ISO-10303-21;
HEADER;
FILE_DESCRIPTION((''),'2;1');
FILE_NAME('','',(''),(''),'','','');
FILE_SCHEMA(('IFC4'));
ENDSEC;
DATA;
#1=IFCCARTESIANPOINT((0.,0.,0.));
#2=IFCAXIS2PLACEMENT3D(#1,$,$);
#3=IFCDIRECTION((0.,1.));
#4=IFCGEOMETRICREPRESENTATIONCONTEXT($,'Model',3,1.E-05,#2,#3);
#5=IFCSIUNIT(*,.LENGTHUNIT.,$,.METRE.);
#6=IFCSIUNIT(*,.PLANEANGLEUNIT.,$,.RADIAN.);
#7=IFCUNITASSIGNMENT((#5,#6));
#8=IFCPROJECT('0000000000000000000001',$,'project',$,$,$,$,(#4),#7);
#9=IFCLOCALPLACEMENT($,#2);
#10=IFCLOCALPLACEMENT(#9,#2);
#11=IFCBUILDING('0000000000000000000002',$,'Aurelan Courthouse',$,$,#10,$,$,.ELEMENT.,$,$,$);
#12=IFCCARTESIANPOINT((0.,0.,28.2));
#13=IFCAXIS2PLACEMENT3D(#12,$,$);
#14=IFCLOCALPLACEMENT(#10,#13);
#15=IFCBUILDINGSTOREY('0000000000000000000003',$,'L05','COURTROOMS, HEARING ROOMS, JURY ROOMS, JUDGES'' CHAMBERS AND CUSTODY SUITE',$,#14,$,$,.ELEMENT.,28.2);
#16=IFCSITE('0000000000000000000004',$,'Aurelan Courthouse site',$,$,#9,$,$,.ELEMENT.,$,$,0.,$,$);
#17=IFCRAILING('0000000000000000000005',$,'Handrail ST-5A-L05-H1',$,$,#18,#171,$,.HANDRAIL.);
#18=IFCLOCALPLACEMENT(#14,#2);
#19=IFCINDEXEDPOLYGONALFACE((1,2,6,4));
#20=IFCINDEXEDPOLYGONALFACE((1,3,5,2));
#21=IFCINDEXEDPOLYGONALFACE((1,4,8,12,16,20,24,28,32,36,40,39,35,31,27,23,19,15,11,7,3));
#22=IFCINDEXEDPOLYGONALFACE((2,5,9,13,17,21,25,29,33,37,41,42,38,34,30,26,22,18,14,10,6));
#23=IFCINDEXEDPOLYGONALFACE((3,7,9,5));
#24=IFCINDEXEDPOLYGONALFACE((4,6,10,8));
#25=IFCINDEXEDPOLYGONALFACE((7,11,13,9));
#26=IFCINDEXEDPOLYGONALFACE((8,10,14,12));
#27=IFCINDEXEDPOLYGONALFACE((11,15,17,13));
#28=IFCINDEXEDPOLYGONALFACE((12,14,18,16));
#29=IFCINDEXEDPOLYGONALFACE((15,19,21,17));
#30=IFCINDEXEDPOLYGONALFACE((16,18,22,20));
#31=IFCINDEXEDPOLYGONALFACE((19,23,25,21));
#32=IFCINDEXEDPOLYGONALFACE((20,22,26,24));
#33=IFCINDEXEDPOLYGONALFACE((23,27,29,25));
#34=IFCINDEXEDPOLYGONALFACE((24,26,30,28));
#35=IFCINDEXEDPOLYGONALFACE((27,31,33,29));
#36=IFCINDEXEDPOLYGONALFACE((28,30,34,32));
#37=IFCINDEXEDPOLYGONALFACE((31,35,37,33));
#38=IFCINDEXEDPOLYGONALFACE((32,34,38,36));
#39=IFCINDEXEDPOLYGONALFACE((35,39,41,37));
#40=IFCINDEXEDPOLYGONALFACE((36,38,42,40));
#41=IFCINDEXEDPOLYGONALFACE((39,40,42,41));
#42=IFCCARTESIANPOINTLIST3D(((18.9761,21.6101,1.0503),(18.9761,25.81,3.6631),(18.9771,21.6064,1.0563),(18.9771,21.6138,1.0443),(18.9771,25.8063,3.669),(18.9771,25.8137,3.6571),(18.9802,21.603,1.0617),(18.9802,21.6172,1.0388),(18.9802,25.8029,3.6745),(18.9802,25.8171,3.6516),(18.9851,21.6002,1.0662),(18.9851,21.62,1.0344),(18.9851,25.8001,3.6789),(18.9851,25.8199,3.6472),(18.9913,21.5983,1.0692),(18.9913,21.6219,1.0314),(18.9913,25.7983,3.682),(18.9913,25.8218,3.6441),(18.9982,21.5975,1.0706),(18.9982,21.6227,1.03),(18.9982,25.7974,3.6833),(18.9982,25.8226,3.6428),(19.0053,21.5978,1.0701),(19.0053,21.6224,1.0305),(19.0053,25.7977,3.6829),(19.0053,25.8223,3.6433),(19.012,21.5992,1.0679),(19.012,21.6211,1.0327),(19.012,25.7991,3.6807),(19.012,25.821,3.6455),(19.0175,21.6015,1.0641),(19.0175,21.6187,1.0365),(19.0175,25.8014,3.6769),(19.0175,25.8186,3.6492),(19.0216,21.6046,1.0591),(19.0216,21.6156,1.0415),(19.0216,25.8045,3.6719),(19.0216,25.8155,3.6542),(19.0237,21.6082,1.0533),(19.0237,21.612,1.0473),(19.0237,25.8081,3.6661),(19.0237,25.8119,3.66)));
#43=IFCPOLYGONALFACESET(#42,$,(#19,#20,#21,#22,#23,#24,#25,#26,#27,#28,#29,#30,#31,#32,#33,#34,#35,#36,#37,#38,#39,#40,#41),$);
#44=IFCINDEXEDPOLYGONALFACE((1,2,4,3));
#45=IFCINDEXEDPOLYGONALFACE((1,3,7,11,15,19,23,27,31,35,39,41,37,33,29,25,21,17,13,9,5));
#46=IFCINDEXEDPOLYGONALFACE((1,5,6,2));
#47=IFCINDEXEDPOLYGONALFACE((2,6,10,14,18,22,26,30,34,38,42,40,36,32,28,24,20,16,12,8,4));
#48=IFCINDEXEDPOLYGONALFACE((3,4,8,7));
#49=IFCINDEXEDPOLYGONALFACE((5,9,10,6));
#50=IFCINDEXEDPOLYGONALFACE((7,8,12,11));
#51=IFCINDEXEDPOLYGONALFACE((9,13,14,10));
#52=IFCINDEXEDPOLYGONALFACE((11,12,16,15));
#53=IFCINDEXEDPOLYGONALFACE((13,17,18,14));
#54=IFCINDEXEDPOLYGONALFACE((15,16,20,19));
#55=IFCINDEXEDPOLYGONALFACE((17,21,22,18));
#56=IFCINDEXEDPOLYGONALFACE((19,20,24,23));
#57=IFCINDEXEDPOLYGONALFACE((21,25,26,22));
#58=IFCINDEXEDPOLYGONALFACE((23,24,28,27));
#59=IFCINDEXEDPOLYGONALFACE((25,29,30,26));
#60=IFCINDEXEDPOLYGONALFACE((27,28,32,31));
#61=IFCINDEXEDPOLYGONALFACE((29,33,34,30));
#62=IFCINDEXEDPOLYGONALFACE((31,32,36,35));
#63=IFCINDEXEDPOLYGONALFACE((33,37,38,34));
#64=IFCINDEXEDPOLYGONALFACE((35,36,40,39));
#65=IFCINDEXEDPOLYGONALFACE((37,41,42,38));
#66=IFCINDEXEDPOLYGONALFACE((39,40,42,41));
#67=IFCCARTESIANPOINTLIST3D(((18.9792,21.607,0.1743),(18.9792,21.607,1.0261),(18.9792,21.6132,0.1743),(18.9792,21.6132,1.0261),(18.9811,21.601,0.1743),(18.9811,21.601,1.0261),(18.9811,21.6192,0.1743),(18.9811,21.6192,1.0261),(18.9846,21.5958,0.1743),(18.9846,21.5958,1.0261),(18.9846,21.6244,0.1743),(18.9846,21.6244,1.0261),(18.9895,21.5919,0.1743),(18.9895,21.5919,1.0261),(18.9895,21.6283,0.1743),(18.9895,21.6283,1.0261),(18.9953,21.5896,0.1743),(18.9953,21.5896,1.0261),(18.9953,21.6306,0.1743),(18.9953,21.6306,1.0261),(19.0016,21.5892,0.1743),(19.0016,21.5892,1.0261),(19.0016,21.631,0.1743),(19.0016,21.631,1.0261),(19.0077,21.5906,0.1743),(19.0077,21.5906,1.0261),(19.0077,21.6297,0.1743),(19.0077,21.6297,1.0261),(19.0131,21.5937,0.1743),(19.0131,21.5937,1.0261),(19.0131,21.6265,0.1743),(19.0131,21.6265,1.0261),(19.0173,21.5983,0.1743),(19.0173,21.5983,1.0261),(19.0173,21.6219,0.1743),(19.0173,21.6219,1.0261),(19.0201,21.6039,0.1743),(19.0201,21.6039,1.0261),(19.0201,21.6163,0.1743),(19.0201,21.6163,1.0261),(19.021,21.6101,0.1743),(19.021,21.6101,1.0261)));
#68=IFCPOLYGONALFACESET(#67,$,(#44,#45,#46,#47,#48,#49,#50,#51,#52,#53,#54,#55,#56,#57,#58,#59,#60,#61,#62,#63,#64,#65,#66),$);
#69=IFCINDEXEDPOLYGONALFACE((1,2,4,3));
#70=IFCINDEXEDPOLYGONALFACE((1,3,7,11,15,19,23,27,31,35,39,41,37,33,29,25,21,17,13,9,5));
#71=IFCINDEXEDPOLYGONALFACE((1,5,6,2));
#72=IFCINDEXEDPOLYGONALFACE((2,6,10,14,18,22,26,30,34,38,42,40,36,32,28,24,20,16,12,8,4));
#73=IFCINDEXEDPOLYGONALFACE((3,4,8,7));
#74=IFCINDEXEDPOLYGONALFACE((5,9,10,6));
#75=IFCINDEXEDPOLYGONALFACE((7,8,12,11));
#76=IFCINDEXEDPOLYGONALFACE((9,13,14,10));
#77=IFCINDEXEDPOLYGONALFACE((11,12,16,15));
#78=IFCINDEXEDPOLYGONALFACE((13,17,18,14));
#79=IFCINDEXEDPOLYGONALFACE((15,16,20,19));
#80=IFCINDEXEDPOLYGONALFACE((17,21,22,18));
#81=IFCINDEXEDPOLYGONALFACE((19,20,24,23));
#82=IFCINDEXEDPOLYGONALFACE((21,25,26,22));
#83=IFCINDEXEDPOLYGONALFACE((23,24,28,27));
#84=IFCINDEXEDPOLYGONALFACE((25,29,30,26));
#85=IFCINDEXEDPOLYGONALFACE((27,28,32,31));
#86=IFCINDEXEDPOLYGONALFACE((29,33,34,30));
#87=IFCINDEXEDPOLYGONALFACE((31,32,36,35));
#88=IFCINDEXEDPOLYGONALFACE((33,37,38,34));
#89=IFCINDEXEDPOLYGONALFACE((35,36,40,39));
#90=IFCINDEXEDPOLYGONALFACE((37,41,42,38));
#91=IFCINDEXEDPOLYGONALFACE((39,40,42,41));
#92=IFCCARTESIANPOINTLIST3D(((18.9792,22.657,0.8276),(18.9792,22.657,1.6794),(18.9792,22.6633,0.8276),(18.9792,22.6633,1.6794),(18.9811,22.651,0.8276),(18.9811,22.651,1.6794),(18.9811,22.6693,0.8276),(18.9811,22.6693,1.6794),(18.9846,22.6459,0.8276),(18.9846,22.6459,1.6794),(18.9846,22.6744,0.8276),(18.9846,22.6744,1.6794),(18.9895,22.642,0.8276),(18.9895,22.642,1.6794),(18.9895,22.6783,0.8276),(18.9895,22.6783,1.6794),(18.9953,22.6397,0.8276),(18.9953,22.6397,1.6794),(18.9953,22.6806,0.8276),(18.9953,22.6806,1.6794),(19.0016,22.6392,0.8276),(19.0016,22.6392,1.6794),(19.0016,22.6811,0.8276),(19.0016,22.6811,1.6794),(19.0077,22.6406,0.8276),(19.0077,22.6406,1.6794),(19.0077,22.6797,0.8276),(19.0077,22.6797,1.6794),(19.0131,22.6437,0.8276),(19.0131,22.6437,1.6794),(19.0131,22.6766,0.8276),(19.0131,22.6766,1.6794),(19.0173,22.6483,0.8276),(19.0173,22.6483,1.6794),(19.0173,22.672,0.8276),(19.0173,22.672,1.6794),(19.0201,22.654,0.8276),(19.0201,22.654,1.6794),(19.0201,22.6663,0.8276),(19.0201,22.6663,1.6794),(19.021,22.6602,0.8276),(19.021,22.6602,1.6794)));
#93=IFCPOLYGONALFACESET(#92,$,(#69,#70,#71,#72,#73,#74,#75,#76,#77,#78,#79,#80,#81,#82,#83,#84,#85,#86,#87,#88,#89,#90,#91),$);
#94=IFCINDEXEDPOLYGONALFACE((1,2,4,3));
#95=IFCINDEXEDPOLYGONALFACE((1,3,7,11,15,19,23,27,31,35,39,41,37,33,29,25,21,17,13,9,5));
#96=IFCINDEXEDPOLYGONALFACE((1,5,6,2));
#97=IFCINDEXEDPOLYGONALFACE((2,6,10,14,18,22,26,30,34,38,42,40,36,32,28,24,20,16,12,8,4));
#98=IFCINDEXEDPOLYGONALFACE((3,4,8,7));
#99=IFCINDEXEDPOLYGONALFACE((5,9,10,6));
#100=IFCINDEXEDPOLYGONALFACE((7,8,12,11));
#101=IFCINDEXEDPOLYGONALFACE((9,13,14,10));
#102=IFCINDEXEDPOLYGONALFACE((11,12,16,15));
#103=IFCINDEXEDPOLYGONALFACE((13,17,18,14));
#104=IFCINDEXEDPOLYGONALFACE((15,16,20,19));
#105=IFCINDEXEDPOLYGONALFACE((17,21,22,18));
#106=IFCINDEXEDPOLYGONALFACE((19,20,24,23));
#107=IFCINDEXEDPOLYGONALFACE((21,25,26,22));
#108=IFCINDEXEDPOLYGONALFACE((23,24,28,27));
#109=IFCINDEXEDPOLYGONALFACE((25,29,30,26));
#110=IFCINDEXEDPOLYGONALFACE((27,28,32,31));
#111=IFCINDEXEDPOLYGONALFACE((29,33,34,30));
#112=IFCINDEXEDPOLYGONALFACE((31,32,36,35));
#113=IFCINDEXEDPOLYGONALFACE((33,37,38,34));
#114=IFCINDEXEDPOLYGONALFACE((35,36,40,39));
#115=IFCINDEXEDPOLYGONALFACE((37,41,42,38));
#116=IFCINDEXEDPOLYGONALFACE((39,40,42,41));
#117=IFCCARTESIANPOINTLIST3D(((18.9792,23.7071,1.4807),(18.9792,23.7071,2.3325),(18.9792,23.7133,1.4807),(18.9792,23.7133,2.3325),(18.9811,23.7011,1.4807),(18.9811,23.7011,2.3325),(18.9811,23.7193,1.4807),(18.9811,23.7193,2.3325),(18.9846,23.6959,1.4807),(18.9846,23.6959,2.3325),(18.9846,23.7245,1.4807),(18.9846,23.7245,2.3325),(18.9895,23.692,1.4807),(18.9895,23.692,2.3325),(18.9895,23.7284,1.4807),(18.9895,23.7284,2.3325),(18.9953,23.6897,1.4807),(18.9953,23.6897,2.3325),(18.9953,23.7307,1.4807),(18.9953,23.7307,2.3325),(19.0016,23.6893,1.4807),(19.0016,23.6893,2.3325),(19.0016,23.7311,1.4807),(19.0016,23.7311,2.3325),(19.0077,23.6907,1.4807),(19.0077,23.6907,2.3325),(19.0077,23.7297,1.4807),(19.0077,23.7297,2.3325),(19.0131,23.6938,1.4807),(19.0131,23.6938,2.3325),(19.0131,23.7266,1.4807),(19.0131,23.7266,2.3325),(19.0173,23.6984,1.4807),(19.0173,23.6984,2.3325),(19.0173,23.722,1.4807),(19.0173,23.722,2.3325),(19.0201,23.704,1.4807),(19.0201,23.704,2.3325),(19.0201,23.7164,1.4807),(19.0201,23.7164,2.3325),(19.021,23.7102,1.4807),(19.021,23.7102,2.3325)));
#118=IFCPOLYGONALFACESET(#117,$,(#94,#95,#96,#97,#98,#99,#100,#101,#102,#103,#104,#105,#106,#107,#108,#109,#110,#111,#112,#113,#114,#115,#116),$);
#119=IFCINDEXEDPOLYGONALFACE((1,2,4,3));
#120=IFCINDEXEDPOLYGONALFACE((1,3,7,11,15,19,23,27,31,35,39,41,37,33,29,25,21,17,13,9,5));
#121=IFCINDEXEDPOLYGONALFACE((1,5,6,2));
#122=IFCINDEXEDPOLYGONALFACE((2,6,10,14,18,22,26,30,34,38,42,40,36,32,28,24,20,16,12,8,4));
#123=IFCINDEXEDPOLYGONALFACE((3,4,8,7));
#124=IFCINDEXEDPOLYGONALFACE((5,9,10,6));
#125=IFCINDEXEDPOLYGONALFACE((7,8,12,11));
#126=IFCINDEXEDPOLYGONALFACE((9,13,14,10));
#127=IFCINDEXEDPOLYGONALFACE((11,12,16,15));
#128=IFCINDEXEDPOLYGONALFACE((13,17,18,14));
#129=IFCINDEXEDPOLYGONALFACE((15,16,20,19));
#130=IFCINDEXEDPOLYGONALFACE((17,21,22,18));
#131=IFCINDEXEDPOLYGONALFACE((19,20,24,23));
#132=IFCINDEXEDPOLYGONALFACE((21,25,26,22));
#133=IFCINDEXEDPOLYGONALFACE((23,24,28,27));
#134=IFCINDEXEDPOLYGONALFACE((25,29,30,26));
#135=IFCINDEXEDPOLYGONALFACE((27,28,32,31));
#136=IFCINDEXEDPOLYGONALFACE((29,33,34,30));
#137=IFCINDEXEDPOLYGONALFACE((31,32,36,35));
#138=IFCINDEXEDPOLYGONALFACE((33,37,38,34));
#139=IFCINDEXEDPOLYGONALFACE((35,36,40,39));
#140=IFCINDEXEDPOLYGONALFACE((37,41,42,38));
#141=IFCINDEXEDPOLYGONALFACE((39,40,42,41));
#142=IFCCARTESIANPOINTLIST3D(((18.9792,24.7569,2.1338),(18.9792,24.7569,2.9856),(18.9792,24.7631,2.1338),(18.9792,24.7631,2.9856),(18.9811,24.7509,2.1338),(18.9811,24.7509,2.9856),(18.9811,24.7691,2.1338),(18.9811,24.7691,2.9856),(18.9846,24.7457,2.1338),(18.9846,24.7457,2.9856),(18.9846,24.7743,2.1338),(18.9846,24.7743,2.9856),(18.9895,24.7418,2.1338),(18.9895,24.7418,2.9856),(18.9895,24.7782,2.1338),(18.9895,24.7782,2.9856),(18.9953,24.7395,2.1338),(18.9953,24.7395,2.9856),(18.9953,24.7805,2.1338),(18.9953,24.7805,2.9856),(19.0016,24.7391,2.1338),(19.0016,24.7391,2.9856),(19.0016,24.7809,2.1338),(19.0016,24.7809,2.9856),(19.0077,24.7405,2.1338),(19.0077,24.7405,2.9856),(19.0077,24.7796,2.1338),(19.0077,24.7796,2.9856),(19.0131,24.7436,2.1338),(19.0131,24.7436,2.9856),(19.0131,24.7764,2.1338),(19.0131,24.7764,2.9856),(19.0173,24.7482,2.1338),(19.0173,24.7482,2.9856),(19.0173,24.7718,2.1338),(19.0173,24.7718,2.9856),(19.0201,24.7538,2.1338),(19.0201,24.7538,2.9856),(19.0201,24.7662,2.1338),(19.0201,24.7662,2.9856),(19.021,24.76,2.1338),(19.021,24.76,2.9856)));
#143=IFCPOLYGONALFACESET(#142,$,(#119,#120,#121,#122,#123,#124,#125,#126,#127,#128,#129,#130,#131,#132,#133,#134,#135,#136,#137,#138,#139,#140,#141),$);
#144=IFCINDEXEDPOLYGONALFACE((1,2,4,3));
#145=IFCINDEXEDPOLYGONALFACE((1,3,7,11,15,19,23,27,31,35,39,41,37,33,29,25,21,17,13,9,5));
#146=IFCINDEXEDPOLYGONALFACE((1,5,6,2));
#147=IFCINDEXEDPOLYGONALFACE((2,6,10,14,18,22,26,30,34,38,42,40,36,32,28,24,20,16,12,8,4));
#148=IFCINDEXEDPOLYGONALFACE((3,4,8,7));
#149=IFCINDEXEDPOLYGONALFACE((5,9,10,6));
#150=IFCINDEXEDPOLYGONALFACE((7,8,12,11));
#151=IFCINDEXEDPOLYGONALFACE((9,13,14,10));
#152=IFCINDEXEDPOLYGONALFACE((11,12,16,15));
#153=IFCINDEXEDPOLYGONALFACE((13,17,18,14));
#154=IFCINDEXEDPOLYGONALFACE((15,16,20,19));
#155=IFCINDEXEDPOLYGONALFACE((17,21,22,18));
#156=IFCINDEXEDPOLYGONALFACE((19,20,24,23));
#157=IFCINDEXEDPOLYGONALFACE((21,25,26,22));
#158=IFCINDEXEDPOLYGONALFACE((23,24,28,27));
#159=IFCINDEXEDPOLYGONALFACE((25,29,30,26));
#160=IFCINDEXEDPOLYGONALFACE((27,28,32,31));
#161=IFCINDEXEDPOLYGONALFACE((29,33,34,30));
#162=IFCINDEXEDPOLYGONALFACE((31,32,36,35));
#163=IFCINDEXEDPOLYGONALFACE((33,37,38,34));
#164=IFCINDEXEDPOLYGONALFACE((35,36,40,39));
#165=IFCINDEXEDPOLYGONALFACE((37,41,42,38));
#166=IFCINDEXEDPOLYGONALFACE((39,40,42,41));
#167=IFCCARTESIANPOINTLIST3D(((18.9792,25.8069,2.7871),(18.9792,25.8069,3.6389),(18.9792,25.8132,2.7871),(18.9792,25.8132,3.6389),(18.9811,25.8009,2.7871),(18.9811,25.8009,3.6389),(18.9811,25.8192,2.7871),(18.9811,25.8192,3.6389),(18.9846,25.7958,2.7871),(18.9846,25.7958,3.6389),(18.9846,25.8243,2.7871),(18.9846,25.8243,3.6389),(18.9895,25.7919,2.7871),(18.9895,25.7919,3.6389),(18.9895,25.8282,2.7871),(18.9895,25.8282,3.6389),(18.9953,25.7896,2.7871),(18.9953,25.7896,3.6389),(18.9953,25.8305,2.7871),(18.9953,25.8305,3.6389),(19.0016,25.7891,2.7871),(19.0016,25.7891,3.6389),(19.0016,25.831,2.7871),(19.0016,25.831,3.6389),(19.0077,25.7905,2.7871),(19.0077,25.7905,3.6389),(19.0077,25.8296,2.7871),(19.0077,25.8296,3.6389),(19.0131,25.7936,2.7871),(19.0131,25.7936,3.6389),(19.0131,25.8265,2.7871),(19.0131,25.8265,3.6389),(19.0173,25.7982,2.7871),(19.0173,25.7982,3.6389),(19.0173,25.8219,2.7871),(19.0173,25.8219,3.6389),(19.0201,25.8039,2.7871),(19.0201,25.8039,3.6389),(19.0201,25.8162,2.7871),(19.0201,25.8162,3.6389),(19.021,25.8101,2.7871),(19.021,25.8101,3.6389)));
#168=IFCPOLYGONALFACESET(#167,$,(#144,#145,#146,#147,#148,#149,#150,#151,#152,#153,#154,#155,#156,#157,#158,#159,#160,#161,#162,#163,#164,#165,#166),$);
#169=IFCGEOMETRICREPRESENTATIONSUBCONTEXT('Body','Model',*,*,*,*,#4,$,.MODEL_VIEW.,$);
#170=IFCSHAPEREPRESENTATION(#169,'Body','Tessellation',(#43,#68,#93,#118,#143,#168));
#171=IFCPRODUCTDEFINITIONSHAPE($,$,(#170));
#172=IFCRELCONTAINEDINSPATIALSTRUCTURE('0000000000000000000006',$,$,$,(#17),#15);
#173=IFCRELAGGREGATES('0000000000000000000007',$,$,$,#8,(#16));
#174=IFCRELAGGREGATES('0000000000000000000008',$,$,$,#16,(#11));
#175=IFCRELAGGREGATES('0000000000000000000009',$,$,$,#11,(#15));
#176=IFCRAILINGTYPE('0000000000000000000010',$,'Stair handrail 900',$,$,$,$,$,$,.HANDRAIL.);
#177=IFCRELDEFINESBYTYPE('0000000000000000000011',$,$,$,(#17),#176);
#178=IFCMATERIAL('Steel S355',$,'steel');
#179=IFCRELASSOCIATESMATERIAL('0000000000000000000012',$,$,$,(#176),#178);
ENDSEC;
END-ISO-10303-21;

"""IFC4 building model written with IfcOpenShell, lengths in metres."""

from ifc_helpers import new_model, si_unit, direction, frame, origin, origin_2d, place, context, subcontext, project, spatial, circle, extrude, material, type_object, element, save


model = new_model("IFC4")

# Units and contexts
model_context = context("Model", 3, precision=1e-05, world=origin(), true_north=direction((0.0, 1.0)))
body_context = subcontext(model_context, "Body", "Model", "MODEL_VIEW")
ifc_project = project(units=[si_unit("LENGTHUNIT", "METRE"), si_unit("PLANEANGLEUNIT", "RADIAN")], contexts=[model_context])

# Site, building, storey
site_placement = place(None, origin())
site = spatial("IfcSite", under=ifc_project, at=site_placement, Name="Aurelan Courthouse site", CompositionType="ELEMENT", RefElevation=0.0)
building_placement = place(site_placement, origin())
building = spatial("IfcBuilding", under=site, at=building_placement, Name="Aurelan Courthouse", CompositionType="ELEMENT")
storey_placement = place(building_placement, frame((0.0, 0.0, 28.2)))
storey = spatial("IfcBuildingStorey", under=building, at=storey_placement, Name="L05", Description="COURTROOMS, HEARING ROOMS, JURY ROOMS, JUDGES' CHAMBERS AND CUSTODY SUITE", CompositionType="ELEMENT", Elevation=28.2)

# Railing
ifc_material_1 = material(Name="Steel S355", Category="steel")
railing_type_1 = type_object("IfcRailingType", Name="Stair handrail 900", PredefinedType="HANDRAIL", material=ifc_material_1)
for number, where, name in (
    (1, (19.0, 21.6101, 0.1743), "Handrail ST-5A-L05-H1"),
):
    element("IfcRailing", number, at=place(storey_placement, frame(where)), inside=storey, type_object=railing_type_1, Name=name, PredefinedType="HANDRAIL", context=body_context, shape_type="SweptSolid", body=[
        extrude(circle(Radius=0.0239, at=origin_2d()), frame((0.0, 0.0, 0.876), z_axis=(0.0, 0.849103, 0.528228), x_axis=(-1.0, 0.0, 0.0)), (0.0, 0.0, 1.0), 4.9463),
        extrude(circle(Radius=0.021, at=origin_2d()), origin(), (0.0, 0.0, 1.0), 0.8518),
        extrude(circle(Radius=0.021, at=origin_2d()), frame((0.0, 1.05, 0.6533)), (0.0, 0.0, 1.0), 0.8518),
        extrude(circle(Radius=0.021, at=origin_2d()), frame((0.0, 2.1001, 1.3064)), (0.0, 0.0, 1.0), 0.8518),
        extrude(circle(Radius=0.021, at=origin_2d()), frame((0.0, 3.1499, 1.9595)), (0.0, 0.0, 1.0), 0.8518),
        extrude(circle(Radius=0.021, at=origin_2d()), frame((0.0, 4.2, 2.6128)), (0.0, 0.0, 1.0), 0.8518),
    ])

save(model, "model.ifc")
